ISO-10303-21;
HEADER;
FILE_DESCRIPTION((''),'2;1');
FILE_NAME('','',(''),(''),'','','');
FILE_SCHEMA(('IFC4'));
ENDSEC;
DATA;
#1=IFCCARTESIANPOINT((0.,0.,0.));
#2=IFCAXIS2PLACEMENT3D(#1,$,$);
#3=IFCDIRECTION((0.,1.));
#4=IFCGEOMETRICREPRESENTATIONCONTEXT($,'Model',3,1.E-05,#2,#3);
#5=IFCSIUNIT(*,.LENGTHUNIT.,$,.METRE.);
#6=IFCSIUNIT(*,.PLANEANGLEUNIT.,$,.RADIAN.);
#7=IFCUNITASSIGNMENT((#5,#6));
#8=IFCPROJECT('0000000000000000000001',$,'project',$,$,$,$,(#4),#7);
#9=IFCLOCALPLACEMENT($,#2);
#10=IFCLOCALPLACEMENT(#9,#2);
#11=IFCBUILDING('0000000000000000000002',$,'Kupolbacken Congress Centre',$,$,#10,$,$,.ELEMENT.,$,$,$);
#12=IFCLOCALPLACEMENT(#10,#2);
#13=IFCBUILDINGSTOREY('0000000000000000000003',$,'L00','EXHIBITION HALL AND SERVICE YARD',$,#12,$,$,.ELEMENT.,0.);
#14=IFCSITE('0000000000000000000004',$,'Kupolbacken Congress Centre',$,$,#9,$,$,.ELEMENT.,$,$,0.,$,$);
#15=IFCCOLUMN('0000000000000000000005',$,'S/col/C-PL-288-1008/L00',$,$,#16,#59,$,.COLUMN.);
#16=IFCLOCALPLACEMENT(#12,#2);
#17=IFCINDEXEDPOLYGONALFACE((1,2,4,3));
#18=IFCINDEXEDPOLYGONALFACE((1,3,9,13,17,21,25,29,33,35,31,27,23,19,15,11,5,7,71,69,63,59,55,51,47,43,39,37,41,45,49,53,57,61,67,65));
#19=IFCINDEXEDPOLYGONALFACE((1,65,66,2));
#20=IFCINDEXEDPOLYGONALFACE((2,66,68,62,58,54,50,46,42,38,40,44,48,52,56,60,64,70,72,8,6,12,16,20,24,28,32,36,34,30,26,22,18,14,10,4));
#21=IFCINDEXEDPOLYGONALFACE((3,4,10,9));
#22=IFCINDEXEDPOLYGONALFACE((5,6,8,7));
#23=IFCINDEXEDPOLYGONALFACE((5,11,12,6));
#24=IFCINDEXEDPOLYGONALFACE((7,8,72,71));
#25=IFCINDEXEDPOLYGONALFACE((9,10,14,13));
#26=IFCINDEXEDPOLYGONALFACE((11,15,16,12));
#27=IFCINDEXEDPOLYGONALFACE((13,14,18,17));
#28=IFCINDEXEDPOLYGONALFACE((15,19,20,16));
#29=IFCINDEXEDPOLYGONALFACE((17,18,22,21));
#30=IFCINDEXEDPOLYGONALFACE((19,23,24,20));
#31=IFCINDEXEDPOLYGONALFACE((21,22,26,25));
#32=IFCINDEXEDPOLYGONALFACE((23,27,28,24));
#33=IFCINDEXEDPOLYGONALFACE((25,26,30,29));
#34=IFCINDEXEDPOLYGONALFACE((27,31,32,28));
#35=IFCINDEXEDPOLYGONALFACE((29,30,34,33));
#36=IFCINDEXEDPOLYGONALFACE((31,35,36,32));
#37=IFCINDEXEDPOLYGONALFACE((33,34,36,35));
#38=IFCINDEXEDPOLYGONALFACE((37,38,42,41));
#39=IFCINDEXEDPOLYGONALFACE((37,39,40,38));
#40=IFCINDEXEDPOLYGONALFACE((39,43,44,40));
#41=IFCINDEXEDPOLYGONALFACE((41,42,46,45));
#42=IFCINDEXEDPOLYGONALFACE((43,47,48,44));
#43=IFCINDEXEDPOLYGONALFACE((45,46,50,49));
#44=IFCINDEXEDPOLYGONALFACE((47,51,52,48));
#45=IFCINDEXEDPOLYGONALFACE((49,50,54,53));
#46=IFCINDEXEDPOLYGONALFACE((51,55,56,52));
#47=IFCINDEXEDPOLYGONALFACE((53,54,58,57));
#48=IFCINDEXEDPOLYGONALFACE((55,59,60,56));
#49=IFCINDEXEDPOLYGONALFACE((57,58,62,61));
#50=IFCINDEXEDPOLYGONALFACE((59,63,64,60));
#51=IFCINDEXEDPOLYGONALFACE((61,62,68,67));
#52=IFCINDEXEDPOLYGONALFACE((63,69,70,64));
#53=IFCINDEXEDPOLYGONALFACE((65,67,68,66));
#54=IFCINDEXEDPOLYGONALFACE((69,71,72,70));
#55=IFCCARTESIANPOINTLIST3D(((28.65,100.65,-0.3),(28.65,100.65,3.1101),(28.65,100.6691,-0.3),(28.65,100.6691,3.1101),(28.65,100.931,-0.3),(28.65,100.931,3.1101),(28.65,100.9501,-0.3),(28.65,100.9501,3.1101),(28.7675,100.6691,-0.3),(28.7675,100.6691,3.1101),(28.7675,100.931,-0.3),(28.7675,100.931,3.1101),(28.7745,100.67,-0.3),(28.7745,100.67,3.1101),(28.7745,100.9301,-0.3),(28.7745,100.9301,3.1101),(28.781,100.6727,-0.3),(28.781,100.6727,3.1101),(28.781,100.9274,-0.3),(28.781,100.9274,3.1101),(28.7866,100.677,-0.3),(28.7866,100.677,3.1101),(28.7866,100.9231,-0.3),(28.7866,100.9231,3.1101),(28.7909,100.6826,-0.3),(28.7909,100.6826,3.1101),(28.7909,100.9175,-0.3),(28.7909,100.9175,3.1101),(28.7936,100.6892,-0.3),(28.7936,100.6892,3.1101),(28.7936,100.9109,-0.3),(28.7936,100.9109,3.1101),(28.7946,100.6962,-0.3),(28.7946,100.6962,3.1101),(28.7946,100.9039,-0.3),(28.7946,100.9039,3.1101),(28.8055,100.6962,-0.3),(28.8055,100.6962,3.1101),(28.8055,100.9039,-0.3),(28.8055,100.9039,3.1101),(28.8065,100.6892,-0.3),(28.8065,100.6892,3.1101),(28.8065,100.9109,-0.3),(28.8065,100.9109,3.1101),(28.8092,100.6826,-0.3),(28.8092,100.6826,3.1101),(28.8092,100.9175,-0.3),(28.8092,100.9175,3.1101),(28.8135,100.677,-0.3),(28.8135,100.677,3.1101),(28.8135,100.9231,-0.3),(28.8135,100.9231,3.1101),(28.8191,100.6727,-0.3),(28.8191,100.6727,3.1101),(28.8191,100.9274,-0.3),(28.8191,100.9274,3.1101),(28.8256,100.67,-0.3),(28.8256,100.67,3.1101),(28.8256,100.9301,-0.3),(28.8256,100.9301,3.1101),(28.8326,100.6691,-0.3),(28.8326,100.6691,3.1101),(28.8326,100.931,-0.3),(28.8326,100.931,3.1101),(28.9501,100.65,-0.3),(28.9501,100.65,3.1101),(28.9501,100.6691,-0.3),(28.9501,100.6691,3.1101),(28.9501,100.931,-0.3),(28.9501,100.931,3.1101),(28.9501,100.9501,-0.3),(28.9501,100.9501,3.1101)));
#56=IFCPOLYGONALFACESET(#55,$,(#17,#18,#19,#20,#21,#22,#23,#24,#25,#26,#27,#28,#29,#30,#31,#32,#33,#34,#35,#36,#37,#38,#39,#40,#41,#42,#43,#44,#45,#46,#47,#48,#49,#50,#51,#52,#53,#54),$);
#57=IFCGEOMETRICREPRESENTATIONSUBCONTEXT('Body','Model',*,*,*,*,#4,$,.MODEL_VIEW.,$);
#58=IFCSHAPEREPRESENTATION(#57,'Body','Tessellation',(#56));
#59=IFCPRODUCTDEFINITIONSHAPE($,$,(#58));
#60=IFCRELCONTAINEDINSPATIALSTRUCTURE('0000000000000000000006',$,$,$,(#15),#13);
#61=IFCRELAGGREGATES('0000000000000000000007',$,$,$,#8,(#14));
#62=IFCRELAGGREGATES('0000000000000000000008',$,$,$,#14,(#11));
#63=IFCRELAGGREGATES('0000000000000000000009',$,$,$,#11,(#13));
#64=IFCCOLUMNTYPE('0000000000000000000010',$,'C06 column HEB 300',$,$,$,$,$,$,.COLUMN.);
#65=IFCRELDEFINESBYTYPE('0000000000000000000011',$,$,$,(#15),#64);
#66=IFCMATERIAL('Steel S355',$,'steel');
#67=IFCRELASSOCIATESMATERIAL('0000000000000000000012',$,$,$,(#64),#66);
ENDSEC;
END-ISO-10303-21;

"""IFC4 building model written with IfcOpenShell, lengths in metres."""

from ifc_helpers import new_model, si_unit, direction, frame, origin, origin_2d, place, context, subcontext, project, spatial, i_section, extrude, material, material_profile, profile_set, type_object, element, save


model = new_model("IFC4")

# Units and contexts
model_context = context("Model", 3, precision=1e-05, world=origin(), true_north=direction((0.0, 1.0)))
body_context = subcontext(model_context, "Body", "Model", "MODEL_VIEW")
ifc_project = project(units=[si_unit("LENGTHUNIT", "METRE"), si_unit("PLANEANGLEUNIT", "RADIAN")], contexts=[model_context])

# Site, building, storey
site_placement = place(None, origin())
site = spatial("IfcSite", under=ifc_project, at=site_placement, Name="Kupolbacken Congress Centre", CompositionType="ELEMENT", RefElevation=0.0)
building_placement = place(site_placement, origin())
building = spatial("IfcBuilding", under=site, at=building_placement, Name="Kupolbacken Congress Centre", CompositionType="ELEMENT")
storey_placement = place(building_placement, origin())
storey = spatial("IfcBuildingStorey", under=building, at=storey_placement, Name="L00", Description="EXHIBITION HALL AND SERVICE YARD", CompositionType="ELEMENT", Elevation=0.0)

# Column
ifc_material_1 = material(Name="Steel S355", Category="steel")
ifc_material_profile_1 = material_profile(ifc_material_1, i_section(OverallWidth=0.3, OverallDepth=0.3, WebThickness=0.011, FlangeThickness=0.019, FilletRadius=0.0271, at=origin_2d()), Name="HEB 300")
ifc_profile_set_1 = profile_set([ifc_material_profile_1], Name="Steel S355")
column_type = type_object("IfcColumnType", Name="C06 column HEB 300", PredefinedType="COLUMN", material=ifc_profile_set_1)
for number, where, z_axis, x_axis, name in (
    (1, (28.8, 100.8, -0.3), (0.0, 0.0, 1.0), (1.0, 0.0, 0.0), "S/col/C-PL-288-1008/L00"),
):
    element("IfcColumn", number, at=place(storey_placement, frame(where, z_axis=z_axis, x_axis=x_axis)), inside=storey, type_object=column_type, Name=name, PredefinedType="COLUMN", context=body_context, shape_type="SweptSolid", body=[
        extrude(i_section(OverallWidth=0.3, OverallDepth=0.3, WebThickness=0.011, FlangeThickness=0.019, FilletRadius=0.0271, at=origin_2d()), origin(), (0.0, 0.0, 1.0), 3.4102),
    ])

save(model, "model.ifc")
